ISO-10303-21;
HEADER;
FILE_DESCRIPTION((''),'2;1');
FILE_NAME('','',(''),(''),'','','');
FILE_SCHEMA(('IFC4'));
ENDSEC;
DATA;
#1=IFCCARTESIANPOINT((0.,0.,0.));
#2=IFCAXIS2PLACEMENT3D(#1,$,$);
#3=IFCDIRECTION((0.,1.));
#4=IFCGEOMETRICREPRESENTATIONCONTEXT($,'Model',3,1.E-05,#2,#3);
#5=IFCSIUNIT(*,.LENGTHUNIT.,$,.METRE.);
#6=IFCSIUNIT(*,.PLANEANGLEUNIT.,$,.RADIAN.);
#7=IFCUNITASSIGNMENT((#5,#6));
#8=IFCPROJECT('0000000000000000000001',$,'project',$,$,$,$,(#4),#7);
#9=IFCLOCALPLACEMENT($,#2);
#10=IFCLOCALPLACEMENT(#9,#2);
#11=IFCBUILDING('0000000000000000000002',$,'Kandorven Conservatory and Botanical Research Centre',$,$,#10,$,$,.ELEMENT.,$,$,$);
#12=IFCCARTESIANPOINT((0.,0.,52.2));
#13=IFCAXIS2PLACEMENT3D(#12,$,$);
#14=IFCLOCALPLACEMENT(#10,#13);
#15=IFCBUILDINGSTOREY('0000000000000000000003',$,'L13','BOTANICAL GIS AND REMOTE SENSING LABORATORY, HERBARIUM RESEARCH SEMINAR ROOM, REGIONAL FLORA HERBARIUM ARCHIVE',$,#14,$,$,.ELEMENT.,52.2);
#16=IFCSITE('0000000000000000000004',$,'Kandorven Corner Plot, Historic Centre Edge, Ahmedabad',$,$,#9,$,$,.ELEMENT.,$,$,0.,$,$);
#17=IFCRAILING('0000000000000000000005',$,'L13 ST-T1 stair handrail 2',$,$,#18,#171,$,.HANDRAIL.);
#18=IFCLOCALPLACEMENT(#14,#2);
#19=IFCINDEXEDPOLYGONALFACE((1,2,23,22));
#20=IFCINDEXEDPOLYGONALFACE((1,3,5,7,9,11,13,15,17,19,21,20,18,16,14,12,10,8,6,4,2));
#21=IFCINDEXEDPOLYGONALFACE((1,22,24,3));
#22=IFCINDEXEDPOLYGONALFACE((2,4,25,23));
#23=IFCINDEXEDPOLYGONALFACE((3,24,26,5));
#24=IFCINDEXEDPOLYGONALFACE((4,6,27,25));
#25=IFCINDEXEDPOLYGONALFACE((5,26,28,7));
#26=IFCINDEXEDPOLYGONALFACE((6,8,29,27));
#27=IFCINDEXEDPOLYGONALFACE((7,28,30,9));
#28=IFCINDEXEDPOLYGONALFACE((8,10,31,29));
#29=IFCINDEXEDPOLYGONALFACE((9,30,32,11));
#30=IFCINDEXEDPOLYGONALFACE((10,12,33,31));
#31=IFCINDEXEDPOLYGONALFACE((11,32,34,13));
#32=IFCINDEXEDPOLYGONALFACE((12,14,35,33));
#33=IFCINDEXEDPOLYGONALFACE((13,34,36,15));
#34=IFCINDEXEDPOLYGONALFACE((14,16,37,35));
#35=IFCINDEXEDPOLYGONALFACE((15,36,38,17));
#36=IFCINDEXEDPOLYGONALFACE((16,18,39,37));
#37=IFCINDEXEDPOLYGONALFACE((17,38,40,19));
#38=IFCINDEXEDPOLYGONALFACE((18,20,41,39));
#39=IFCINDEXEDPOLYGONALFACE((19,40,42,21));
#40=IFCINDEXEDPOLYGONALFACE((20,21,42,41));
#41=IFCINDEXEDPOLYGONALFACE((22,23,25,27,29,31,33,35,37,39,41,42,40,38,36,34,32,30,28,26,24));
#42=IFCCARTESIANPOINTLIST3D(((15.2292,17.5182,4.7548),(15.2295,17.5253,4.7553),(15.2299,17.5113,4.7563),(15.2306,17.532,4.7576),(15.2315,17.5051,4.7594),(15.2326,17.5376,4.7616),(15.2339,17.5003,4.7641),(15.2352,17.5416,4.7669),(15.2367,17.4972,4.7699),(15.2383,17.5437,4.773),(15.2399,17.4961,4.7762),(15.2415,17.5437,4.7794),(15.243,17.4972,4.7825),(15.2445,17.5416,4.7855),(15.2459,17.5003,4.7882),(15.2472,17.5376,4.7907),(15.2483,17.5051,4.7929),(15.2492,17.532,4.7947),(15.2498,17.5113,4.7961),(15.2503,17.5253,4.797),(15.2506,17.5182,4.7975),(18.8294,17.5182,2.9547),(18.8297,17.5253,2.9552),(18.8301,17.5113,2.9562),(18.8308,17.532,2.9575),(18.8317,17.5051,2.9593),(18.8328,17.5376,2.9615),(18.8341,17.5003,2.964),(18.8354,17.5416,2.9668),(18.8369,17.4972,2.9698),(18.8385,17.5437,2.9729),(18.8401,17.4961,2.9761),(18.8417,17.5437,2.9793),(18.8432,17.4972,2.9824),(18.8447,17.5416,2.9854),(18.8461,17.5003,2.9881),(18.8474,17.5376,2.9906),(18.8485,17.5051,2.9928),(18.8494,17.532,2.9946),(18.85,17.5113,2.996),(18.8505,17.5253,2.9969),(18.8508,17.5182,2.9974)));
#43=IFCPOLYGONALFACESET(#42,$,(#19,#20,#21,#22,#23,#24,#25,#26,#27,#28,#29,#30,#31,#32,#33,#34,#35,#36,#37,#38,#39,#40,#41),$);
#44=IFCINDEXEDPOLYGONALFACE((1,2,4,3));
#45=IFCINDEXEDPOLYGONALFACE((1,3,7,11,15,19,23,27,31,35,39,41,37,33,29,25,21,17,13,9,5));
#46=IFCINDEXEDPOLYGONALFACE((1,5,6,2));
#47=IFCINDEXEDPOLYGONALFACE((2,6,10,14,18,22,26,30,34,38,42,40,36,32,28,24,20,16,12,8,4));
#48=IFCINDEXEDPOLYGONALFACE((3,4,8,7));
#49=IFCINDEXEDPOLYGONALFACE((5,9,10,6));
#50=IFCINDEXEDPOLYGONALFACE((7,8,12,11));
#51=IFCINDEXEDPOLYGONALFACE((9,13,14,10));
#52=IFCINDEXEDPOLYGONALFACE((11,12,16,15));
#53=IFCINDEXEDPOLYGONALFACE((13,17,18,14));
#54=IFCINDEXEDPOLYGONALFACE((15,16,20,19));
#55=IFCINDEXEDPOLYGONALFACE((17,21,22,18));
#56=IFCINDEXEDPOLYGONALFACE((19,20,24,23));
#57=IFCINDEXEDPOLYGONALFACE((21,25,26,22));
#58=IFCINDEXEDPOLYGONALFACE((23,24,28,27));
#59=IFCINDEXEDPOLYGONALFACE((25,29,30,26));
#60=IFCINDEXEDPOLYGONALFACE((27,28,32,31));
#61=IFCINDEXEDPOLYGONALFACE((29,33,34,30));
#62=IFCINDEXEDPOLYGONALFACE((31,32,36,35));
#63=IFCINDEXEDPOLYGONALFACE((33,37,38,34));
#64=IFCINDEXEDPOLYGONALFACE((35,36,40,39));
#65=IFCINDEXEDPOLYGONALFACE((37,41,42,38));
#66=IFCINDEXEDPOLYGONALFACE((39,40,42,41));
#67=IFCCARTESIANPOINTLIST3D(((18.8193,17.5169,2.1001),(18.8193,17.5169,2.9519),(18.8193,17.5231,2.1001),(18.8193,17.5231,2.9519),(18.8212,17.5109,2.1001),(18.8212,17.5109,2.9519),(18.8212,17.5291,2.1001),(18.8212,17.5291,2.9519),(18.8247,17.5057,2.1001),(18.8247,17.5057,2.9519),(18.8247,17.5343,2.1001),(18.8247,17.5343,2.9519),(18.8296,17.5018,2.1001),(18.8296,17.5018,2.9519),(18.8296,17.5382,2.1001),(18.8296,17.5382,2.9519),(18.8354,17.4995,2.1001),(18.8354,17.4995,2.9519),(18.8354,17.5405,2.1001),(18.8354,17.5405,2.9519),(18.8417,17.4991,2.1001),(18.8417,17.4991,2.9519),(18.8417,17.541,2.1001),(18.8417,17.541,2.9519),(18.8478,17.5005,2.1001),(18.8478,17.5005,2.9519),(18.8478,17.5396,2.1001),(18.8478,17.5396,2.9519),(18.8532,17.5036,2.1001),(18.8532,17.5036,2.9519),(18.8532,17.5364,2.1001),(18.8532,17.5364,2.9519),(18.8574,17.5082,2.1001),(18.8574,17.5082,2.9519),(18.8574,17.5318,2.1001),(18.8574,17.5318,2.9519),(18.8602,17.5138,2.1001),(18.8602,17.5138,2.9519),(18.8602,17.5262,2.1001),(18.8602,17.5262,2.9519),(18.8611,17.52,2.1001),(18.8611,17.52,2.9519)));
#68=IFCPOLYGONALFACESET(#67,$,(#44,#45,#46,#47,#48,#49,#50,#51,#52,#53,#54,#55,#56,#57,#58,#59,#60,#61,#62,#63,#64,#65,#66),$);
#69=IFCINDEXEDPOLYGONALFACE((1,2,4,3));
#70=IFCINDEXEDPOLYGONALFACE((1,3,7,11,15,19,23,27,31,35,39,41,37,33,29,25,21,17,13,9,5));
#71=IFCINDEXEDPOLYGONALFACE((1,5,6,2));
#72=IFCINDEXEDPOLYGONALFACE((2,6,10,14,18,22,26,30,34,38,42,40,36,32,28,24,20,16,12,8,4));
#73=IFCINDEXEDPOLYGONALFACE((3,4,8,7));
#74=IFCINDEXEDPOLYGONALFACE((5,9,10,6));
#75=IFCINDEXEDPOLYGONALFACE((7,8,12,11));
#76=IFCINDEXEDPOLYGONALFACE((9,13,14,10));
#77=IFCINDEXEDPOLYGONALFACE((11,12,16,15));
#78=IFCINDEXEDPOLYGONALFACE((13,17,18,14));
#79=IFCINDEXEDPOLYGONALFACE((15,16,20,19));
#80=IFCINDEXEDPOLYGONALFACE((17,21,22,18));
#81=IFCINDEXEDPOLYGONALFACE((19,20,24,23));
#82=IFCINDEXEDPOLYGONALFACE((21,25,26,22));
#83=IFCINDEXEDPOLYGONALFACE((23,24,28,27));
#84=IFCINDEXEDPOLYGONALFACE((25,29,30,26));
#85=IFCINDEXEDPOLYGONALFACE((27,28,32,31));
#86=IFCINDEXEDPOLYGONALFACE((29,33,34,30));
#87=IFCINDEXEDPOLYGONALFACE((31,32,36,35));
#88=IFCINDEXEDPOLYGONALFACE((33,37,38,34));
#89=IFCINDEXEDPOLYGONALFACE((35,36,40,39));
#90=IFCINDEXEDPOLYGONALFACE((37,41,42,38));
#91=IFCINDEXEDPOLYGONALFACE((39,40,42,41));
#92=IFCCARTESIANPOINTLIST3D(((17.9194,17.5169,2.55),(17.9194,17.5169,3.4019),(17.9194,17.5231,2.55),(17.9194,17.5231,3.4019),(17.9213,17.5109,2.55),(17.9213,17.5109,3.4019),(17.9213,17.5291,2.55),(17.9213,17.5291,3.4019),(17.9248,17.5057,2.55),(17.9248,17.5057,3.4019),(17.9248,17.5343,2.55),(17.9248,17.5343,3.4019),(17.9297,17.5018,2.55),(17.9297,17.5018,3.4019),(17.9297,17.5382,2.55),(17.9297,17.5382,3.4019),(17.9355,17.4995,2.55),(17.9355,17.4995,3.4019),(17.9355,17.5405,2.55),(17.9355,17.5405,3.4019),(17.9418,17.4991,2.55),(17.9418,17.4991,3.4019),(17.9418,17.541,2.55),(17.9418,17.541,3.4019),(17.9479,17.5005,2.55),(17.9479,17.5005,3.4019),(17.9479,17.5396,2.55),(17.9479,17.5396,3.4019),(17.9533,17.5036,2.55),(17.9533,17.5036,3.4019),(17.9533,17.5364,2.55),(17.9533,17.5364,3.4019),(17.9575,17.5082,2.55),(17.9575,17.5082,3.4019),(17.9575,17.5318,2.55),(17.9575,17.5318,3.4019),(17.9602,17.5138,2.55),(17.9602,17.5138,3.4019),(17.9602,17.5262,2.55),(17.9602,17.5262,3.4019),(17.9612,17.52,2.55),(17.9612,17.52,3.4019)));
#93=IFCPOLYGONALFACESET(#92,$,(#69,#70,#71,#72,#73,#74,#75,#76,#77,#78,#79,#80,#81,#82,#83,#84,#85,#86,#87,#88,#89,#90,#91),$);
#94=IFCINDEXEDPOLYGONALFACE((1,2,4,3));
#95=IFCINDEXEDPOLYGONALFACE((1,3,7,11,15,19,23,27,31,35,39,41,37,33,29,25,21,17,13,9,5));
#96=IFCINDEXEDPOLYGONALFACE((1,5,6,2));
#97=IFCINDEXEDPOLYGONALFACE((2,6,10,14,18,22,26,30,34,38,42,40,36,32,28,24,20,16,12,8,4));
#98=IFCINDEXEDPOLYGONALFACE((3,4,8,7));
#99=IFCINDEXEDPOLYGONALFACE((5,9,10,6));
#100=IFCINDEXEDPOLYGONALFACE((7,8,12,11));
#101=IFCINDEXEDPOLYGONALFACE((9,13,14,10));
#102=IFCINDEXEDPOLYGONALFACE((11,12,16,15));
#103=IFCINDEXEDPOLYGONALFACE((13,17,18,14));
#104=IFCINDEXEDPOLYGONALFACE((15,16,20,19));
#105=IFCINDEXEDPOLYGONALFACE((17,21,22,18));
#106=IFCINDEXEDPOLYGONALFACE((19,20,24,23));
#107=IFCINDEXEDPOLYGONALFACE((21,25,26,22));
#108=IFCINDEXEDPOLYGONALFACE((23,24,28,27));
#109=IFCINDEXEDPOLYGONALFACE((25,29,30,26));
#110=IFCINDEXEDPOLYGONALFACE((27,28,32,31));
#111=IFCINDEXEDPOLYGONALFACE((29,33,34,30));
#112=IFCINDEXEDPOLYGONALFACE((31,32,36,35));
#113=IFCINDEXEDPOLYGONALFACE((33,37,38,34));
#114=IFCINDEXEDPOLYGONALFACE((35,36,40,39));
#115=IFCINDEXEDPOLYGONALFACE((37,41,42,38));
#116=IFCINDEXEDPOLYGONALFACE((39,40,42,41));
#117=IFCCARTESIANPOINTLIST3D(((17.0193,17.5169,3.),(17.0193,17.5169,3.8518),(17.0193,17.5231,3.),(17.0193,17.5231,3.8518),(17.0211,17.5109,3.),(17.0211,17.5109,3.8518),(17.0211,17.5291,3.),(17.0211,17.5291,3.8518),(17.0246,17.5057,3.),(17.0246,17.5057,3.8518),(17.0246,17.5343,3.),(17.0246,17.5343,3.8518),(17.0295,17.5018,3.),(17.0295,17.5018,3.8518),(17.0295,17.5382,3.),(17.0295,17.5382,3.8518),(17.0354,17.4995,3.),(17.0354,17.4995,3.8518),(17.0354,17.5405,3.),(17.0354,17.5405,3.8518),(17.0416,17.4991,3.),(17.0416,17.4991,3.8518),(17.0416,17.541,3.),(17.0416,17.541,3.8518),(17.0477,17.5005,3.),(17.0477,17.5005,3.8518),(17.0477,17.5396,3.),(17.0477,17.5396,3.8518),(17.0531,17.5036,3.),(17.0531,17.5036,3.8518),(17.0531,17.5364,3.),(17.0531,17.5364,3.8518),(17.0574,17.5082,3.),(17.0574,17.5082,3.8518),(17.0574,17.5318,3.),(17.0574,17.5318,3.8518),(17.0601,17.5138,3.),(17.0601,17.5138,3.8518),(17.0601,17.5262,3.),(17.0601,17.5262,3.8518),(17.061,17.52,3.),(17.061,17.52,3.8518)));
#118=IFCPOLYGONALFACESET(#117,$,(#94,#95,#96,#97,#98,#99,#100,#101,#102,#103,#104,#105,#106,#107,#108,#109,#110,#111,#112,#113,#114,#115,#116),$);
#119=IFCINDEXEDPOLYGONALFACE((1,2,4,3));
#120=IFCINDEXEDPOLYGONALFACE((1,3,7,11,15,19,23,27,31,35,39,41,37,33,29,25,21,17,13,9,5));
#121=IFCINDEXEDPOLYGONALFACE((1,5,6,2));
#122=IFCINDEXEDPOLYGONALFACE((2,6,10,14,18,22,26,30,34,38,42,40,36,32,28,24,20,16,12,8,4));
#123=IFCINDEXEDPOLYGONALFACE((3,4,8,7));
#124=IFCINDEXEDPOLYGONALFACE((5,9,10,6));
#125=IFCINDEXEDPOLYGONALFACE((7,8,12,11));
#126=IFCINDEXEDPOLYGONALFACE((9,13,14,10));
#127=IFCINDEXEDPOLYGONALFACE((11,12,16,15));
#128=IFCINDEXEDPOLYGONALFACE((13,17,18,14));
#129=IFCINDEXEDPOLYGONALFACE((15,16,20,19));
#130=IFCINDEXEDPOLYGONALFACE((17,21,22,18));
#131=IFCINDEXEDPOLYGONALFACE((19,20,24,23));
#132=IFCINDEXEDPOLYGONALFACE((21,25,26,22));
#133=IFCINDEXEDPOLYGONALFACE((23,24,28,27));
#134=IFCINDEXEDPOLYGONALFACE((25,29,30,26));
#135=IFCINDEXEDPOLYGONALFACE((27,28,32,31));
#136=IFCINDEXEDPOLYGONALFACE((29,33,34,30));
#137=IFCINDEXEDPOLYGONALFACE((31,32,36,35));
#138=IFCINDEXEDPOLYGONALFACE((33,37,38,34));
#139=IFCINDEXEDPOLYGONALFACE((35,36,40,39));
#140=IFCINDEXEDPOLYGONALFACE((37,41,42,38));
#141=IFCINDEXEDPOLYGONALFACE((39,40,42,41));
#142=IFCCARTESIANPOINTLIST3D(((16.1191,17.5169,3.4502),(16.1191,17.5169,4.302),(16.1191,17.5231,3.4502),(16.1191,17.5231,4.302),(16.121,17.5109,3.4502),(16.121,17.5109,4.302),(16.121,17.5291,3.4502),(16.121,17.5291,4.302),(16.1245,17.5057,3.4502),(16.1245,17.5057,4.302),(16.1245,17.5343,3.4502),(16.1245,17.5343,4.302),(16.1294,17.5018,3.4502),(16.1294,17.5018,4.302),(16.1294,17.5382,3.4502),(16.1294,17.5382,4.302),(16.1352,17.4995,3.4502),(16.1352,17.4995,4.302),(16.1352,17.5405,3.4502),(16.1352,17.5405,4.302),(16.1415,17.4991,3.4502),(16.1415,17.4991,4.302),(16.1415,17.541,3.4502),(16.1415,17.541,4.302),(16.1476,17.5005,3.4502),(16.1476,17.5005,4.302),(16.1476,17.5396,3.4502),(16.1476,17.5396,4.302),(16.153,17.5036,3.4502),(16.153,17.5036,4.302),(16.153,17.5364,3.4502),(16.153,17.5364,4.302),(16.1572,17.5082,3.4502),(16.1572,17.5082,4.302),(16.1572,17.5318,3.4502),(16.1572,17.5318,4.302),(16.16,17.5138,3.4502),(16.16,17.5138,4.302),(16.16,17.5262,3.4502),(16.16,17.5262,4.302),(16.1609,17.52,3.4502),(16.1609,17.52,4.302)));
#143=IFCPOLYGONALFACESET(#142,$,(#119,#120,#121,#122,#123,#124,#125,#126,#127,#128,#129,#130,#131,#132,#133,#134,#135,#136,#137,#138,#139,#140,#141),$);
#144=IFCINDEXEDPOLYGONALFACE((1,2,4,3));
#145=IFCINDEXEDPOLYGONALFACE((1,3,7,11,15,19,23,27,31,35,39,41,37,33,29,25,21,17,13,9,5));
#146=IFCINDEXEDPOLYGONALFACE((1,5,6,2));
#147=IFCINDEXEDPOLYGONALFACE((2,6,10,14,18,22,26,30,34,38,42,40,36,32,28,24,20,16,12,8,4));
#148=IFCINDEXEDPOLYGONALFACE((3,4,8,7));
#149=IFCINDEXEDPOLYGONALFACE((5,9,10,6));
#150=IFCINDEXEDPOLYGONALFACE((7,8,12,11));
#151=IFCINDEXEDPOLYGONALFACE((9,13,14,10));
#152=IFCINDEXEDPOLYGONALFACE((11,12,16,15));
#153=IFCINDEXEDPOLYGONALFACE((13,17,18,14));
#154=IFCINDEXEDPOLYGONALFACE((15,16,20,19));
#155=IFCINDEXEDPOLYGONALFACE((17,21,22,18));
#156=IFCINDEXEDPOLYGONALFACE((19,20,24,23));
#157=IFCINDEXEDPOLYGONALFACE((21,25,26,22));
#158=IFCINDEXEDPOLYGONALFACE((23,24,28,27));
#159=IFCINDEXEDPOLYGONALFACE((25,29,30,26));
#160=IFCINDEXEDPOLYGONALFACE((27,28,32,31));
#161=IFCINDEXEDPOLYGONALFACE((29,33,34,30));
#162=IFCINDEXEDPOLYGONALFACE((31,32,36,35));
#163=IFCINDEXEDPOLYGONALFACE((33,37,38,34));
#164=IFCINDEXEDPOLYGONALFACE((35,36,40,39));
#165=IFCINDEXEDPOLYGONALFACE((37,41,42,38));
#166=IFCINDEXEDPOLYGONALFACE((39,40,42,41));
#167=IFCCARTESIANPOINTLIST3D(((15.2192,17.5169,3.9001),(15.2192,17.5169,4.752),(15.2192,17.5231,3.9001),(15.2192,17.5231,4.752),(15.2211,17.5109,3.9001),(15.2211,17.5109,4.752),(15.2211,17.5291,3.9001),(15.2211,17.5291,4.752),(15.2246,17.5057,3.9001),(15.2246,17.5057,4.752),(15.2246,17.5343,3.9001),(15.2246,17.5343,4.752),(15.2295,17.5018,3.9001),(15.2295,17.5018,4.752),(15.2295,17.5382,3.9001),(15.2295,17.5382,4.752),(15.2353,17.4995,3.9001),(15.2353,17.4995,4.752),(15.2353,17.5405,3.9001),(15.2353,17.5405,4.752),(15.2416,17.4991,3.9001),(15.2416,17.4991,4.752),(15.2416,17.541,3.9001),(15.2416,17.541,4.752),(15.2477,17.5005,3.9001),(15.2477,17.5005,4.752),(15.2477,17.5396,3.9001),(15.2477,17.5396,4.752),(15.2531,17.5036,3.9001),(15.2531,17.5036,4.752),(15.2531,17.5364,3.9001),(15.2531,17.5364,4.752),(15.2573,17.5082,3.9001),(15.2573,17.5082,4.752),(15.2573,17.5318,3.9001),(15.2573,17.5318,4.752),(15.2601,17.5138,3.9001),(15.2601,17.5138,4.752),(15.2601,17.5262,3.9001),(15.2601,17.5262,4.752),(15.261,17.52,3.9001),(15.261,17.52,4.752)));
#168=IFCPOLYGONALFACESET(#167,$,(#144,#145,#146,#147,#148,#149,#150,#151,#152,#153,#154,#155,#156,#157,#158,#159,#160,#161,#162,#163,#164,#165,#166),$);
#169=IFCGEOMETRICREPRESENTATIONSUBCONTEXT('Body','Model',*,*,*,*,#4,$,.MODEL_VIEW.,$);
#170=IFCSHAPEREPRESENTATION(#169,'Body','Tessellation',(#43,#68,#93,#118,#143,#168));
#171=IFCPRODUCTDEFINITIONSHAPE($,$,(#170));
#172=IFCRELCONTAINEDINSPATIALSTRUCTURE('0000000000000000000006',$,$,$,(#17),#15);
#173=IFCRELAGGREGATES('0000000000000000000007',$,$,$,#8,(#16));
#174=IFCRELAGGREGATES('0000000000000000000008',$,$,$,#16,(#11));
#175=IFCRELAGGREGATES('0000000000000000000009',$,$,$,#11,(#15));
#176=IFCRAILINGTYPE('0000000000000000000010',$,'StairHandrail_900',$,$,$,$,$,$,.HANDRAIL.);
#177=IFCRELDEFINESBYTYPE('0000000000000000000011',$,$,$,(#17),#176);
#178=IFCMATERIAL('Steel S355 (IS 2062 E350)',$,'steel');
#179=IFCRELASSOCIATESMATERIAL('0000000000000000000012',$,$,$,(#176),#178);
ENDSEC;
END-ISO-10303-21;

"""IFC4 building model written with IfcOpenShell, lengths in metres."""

from ifc_helpers import new_model, si_unit, direction, frame, origin, origin_2d, place, context, subcontext, project, spatial, circle, extrude, material, type_object, element, save


model = new_model("IFC4")

# Units and contexts
model_context = context("Model", 3, precision=1e-05, world=origin(), true_north=direction((0.0, 1.0)))
body_context = subcontext(model_context, "Body", "Model", "MODEL_VIEW")
ifc_project = project(units=[si_unit("LENGTHUNIT", "METRE"), si_unit("PLANEANGLEUNIT", "RADIAN")], contexts=[model_context])

# Site, building, storey
site_placement = place(None, origin())
site = spatial("IfcSite", under=ifc_project, at=site_placement, Name="Kandorven Corner Plot, Historic Centre Edge, Ahmedabad", CompositionType="ELEMENT", RefElevation=0.0)
building_placement = place(site_placement, origin())
building = spatial("IfcBuilding", under=site, at=building_placement, Name="Kandorven Conservatory and Botanical Research Centre", CompositionType="ELEMENT")
storey_placement = place(building_placement, frame((0.0, 0.0, 52.2)))
storey = spatial("IfcBuildingStorey", under=building, at=storey_placement, Name="L13", Description="BOTANICAL GIS AND REMOTE SENSING LABORATORY, HERBARIUM RESEARCH SEMINAR ROOM, REGIONAL FLORA HERBARIUM ARCHIVE", CompositionType="ELEMENT", Elevation=52.2)

# Railing
ifc_material_1 = material(Name="Steel S355 (IS 2062 E350)", Category="steel")
railing_type_1 = type_object("IfcRailingType", Name="StairHandrail_900", PredefinedType="HANDRAIL", material=ifc_material_1)
railing_1_placement = place(storey_placement, frame((18.8401, 17.52, 2.1001)))
element("IfcRailing", 1, at=railing_1_placement, inside=storey, type_object=railing_type_1, Name="L13 ST-T1 stair handrail 2", PredefinedType="HANDRAIL", context=body_context, shape_type="SweptSolid", body=[
    extrude(circle(Radius=0.0239, at=origin_2d()), frame((0.0, 0.0, 0.876), z_axis=(-0.894427, 0.0, 0.447214), x_axis=(0.0, -1.0, 0.0)), (0.0, 0.0, 1.0), 4.0251),
    extrude(circle(Radius=0.021, at=origin_2d()), origin(), (0.0, 0.0, 1.0), 0.8518),
    extrude(circle(Radius=0.021, at=origin_2d()), frame((-0.8999, 0.0, 0.45)), (0.0, 0.0, 1.0), 0.8518),
    extrude(circle(Radius=0.021, at=origin_2d()), frame((-1.8, 0.0, 0.8999)), (0.0, 0.0, 1.0), 0.8518),
    extrude(circle(Radius=0.021, at=origin_2d()), frame((-2.7002, 0.0, 1.3501)), (0.0, 0.0, 1.0), 0.8518),
    extrude(circle(Radius=0.021, at=origin_2d()), frame((-3.6001, 0.0, 1.8)), (0.0, 0.0, 1.0), 0.8518),
])

save(model, "model.ifc")
